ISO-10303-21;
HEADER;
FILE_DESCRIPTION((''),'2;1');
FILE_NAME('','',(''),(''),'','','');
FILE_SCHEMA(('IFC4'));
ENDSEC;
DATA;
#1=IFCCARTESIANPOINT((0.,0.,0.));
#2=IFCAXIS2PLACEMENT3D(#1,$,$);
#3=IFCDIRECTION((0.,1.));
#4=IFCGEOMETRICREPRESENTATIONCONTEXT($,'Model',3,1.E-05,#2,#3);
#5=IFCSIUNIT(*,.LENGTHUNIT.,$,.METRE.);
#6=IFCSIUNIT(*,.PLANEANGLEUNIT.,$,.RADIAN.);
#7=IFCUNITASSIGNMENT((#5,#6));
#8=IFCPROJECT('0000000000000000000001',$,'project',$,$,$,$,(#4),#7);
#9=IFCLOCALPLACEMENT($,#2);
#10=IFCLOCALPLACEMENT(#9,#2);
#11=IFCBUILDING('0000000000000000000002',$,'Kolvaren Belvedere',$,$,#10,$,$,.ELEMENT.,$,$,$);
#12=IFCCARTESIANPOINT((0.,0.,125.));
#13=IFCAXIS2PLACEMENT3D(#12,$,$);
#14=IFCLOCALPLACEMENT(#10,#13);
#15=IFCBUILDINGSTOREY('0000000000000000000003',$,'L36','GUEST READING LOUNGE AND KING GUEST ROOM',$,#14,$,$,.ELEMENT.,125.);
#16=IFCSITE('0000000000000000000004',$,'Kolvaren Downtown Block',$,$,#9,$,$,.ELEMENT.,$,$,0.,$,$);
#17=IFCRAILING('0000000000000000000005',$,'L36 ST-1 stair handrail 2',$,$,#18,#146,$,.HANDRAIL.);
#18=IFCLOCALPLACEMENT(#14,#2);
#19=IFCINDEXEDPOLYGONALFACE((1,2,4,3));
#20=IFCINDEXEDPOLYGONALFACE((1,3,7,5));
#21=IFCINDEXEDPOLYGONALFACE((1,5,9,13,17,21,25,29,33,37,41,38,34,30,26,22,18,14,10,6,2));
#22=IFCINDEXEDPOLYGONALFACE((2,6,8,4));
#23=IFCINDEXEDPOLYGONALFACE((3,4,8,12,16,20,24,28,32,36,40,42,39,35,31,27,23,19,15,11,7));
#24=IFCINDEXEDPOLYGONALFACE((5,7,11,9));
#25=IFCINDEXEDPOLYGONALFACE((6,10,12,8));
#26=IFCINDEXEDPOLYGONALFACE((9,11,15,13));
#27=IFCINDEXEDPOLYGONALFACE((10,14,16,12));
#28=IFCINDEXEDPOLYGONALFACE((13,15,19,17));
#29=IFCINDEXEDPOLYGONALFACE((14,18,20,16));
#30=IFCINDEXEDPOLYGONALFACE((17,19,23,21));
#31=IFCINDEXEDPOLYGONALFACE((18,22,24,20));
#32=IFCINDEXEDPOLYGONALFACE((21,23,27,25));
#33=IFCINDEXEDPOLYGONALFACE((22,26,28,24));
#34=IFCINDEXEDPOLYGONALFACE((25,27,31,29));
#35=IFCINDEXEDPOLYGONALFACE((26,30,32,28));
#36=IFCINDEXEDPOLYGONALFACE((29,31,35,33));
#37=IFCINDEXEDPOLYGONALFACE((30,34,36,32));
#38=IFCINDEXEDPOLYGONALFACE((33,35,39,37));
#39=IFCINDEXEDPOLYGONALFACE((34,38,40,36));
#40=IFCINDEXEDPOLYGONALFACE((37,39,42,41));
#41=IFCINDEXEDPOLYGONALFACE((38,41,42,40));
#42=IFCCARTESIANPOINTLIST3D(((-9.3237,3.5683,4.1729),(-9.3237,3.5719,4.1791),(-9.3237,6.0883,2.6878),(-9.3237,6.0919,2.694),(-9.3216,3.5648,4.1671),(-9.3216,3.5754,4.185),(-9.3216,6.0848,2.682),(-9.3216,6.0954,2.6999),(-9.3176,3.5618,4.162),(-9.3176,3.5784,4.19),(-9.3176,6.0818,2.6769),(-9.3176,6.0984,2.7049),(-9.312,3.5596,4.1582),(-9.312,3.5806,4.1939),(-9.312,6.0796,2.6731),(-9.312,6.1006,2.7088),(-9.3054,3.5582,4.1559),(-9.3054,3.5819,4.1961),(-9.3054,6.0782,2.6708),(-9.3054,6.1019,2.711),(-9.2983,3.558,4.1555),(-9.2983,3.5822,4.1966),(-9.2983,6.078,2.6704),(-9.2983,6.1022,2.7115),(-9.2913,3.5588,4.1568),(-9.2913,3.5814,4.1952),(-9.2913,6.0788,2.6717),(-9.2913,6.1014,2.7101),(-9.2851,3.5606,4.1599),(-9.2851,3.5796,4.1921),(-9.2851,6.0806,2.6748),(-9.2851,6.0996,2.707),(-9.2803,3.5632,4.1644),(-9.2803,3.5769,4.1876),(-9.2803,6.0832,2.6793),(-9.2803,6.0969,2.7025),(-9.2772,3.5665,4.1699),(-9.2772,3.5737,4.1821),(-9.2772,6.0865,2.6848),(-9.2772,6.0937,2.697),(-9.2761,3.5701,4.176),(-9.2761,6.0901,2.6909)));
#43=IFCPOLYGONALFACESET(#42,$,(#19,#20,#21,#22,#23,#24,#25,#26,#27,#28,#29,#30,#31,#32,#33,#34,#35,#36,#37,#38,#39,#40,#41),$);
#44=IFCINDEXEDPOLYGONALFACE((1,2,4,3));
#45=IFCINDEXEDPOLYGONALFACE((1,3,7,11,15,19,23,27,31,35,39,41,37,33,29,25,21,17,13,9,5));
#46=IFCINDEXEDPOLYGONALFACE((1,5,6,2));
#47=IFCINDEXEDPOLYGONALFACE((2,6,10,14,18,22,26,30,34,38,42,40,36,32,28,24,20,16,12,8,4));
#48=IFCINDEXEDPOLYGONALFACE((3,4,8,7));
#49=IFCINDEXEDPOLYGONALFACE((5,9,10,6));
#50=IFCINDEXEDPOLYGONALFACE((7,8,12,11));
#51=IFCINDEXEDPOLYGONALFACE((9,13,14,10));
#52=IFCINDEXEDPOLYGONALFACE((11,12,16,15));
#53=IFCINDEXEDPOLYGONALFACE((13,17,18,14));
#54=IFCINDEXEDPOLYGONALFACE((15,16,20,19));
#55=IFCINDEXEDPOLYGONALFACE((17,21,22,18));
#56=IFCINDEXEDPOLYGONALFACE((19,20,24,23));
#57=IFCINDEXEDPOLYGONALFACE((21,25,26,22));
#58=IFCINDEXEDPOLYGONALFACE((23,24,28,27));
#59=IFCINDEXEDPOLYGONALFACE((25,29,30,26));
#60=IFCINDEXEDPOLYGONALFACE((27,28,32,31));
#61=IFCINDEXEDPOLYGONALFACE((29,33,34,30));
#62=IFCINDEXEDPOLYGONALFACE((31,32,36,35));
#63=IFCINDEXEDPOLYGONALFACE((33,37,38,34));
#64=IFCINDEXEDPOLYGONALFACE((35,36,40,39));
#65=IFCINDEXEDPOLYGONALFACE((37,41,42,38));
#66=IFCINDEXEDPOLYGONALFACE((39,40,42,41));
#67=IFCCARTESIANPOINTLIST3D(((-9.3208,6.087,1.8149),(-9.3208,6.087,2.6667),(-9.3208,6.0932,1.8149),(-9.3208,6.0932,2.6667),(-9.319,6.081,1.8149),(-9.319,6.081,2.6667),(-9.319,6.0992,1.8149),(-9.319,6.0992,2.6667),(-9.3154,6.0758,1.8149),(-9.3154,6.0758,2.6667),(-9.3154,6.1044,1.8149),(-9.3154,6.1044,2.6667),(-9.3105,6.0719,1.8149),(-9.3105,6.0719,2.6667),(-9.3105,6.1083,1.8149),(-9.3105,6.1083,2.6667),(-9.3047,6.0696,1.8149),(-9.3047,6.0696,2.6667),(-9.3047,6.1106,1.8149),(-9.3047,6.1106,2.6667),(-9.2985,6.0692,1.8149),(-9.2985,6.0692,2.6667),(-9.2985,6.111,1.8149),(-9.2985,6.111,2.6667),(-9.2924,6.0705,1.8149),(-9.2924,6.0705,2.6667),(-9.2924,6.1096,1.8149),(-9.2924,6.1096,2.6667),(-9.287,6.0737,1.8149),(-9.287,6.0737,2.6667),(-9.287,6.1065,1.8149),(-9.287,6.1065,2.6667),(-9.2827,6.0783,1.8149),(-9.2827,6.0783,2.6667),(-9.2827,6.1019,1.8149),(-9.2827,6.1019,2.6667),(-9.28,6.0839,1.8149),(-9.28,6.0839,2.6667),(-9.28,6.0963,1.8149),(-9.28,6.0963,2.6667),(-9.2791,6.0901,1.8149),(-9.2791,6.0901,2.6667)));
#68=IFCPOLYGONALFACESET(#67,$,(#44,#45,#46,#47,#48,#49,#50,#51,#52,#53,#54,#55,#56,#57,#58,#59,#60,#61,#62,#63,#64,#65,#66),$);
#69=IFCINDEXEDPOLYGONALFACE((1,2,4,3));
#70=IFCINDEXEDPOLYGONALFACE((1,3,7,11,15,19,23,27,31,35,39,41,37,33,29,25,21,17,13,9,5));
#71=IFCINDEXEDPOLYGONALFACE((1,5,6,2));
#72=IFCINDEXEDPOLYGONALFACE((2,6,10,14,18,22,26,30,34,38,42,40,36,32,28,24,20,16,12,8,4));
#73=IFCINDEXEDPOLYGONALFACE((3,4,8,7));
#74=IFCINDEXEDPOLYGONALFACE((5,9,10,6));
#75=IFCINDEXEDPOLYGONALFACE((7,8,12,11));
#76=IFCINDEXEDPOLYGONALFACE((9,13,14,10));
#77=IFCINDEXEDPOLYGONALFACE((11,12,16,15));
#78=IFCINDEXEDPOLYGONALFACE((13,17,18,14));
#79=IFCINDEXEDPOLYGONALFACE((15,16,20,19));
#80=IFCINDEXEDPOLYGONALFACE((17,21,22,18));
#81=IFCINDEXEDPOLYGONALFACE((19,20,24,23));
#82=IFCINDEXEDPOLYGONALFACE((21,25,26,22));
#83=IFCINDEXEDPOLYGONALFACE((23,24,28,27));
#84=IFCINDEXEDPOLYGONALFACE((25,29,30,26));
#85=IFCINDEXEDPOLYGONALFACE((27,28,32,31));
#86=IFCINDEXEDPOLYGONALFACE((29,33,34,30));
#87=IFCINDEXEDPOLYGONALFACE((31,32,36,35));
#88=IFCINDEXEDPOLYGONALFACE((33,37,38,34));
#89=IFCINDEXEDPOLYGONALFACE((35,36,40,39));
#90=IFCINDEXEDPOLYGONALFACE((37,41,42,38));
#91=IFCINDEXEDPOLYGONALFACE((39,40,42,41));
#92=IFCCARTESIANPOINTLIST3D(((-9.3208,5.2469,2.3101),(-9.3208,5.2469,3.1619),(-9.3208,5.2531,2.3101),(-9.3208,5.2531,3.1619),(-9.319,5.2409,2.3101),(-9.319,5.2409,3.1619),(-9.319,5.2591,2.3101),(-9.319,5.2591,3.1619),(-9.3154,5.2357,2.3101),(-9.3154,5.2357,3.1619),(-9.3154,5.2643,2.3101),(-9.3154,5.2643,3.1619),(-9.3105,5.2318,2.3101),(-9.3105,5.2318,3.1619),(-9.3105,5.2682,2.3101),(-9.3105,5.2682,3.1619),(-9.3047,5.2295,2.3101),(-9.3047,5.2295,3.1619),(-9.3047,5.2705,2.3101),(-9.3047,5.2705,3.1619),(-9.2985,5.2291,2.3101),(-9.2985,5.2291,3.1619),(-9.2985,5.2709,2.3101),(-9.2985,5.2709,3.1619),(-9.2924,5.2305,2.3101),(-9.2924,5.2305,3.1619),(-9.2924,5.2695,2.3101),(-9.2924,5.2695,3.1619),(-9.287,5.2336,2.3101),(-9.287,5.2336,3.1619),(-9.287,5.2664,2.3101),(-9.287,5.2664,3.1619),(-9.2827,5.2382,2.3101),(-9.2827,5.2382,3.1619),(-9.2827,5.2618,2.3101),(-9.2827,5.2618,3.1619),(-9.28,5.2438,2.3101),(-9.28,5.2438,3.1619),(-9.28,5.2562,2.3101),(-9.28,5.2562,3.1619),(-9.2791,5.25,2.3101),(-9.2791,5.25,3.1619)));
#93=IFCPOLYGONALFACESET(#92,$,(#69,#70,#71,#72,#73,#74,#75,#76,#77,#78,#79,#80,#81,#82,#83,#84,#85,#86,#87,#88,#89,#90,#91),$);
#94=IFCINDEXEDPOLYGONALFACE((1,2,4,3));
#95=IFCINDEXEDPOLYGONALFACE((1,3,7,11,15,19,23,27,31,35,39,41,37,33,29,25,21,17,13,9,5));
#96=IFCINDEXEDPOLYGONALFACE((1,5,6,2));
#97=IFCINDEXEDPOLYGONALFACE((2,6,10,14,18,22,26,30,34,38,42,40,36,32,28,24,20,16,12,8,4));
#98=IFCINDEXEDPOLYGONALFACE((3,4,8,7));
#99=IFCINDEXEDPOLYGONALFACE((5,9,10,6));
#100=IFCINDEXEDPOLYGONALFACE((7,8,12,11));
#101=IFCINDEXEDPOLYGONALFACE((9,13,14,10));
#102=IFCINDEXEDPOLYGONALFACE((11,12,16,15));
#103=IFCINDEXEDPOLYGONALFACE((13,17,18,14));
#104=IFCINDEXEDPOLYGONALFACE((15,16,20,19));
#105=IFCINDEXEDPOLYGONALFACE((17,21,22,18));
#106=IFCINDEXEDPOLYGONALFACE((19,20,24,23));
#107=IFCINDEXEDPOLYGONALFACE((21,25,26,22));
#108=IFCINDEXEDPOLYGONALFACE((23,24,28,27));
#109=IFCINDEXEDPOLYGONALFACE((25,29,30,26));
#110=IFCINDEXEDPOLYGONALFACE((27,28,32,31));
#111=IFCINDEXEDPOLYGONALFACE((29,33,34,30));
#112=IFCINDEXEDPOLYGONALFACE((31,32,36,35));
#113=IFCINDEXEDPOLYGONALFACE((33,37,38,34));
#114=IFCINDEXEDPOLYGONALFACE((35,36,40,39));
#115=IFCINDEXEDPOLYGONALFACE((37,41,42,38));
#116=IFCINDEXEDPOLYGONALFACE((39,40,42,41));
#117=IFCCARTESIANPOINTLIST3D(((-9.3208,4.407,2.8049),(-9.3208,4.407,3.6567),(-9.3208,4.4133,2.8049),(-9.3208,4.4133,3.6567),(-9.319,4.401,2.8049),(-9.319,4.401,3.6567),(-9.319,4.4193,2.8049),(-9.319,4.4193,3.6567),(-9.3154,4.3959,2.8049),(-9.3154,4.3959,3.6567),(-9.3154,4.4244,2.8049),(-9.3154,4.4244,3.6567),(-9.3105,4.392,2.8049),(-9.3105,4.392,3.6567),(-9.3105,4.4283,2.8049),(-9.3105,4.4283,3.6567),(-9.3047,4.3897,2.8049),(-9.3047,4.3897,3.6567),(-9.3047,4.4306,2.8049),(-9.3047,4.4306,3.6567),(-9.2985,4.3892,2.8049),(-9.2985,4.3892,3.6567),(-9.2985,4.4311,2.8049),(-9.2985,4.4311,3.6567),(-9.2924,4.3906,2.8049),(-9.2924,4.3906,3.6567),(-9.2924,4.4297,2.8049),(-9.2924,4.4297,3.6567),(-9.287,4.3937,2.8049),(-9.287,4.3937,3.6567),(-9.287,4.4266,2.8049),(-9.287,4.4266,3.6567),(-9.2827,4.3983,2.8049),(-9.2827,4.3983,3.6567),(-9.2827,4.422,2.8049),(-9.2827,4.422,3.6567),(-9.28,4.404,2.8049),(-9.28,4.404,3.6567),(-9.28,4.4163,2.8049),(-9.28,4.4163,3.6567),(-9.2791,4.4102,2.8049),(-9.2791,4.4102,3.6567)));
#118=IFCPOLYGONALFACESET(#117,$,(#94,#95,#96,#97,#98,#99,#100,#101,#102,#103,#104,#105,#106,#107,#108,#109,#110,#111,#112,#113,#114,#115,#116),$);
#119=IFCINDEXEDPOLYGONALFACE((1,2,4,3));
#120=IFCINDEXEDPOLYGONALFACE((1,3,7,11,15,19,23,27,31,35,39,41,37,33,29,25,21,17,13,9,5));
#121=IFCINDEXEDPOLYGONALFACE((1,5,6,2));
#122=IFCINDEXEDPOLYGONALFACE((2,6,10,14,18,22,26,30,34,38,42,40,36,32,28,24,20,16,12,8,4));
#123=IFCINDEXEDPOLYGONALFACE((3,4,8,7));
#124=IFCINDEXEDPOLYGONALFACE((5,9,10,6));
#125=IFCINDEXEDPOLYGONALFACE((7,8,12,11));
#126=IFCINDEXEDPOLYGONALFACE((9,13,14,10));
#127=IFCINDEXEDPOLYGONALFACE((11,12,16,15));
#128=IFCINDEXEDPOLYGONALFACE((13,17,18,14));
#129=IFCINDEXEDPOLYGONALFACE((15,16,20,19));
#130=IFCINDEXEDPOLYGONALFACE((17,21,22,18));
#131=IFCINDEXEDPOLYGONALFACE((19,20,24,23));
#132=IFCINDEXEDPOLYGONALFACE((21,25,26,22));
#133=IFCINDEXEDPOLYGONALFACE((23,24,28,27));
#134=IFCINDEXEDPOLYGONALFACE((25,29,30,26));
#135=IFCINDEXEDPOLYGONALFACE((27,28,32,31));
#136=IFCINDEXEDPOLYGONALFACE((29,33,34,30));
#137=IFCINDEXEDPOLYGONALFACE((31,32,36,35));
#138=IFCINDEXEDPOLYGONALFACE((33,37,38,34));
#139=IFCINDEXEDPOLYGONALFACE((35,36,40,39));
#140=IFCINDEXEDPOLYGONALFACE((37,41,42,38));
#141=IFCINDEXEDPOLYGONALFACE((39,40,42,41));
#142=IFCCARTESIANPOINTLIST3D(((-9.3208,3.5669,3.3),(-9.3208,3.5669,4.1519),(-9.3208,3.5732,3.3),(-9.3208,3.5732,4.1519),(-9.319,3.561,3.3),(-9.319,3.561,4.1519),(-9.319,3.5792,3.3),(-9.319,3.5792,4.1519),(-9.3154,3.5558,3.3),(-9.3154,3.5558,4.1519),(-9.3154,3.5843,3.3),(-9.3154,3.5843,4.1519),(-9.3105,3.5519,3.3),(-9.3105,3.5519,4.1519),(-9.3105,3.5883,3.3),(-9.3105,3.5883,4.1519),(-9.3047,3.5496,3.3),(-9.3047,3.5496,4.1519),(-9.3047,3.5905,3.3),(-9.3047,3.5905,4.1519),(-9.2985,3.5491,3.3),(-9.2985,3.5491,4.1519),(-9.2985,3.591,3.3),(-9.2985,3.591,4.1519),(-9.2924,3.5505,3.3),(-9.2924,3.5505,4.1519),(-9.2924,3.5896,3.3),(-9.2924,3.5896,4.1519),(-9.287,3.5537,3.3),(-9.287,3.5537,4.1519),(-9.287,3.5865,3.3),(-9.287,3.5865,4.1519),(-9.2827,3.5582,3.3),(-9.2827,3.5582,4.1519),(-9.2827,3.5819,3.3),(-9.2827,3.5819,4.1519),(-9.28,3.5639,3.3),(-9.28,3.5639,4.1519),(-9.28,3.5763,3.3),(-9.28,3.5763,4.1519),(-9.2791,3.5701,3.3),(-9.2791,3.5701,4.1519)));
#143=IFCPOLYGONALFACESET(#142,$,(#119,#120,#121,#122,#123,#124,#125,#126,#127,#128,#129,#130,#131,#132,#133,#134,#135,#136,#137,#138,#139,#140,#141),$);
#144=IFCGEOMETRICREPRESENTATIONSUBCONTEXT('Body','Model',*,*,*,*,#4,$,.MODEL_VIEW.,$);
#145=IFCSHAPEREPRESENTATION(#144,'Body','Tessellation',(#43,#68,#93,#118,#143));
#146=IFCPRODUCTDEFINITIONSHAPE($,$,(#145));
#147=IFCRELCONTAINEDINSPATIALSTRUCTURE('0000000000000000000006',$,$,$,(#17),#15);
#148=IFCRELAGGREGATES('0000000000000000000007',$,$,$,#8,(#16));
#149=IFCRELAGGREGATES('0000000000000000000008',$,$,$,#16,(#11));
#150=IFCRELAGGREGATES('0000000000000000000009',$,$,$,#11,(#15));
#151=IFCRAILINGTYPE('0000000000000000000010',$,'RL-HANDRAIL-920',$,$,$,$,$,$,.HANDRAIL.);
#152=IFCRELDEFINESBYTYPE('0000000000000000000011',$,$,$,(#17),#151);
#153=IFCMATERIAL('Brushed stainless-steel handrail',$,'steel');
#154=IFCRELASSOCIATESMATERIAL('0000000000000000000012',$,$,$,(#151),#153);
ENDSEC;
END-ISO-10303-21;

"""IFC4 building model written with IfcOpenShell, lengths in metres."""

from ifc_helpers import new_model, si_unit, direction, frame, origin, origin_2d, place, context, subcontext, project, spatial, circle, extrude, material, type_object, element, save


model = new_model("IFC4")

# Units and contexts
model_context = context("Model", 3, precision=1e-05, world=origin(), true_north=direction((0.0, 1.0)))
body_context = subcontext(model_context, "Body", "Model", "MODEL_VIEW")
ifc_project = project(units=[si_unit("LENGTHUNIT", "METRE"), si_unit("PLANEANGLEUNIT", "RADIAN")], contexts=[model_context])

# Site, building, storey
site_placement = place(None, origin())
site = spatial("IfcSite", under=ifc_project, at=site_placement, Name="Kolvaren Downtown Block", CompositionType="ELEMENT", RefElevation=0.0)
building_placement = place(site_placement, origin())
building = spatial("IfcBuilding", under=site, at=building_placement, Name="Kolvaren Belvedere", CompositionType="ELEMENT")
storey_placement = place(building_placement, frame((0.0, 0.0, 125.0)))
storey = spatial("IfcBuildingStorey", under=building, at=storey_placement, Name="L36", Description="GUEST READING LOUNGE AND KING GUEST ROOM", CompositionType="ELEMENT", Elevation=125.0)

# Railing
ifc_material_1 = material(Name="Brushed stainless-steel handrail", Category="steel")
railing_type_1 = type_object("IfcRailingType", Name="RL-HANDRAIL-920", PredefinedType="HANDRAIL", material=ifc_material_1)
railing_1_placement = place(storey_placement, frame((-9.3, 6.0901, 1.8149)))
element("IfcRailing", 1, at=railing_1_placement, inside=storey, type_object=railing_type_1, Name="L36 ST-1 stair handrail 2", PredefinedType="HANDRAIL", context=body_context, shape_type="SweptSolid", body=[
    extrude(circle(Radius=0.0239, at=origin_2d()), frame((0.0, 0.0, 0.876), z_axis=(0.0, -0.861524, 0.507717), x_axis=(1.0, 0.0, 0.0)), (0.0, 0.0, 1.0), 2.925),
    extrude(circle(Radius=0.021, at=origin_2d()), origin(), (0.0, 0.0, 1.0), 0.8518),
    extrude(circle(Radius=0.021, at=origin_2d()), frame((0.0, -0.8401, 0.4951)), (0.0, 0.0, 1.0), 0.8518),
    extrude(circle(Radius=0.021, at=origin_2d()), frame((0.0, -1.6799, 0.99)), (0.0, 0.0, 1.0), 0.8518),
    extrude(circle(Radius=0.021, at=origin_2d()), frame((0.0, -2.52, 1.4851)), (0.0, 0.0, 1.0), 0.8518),
])

save(model, "model.ifc")
